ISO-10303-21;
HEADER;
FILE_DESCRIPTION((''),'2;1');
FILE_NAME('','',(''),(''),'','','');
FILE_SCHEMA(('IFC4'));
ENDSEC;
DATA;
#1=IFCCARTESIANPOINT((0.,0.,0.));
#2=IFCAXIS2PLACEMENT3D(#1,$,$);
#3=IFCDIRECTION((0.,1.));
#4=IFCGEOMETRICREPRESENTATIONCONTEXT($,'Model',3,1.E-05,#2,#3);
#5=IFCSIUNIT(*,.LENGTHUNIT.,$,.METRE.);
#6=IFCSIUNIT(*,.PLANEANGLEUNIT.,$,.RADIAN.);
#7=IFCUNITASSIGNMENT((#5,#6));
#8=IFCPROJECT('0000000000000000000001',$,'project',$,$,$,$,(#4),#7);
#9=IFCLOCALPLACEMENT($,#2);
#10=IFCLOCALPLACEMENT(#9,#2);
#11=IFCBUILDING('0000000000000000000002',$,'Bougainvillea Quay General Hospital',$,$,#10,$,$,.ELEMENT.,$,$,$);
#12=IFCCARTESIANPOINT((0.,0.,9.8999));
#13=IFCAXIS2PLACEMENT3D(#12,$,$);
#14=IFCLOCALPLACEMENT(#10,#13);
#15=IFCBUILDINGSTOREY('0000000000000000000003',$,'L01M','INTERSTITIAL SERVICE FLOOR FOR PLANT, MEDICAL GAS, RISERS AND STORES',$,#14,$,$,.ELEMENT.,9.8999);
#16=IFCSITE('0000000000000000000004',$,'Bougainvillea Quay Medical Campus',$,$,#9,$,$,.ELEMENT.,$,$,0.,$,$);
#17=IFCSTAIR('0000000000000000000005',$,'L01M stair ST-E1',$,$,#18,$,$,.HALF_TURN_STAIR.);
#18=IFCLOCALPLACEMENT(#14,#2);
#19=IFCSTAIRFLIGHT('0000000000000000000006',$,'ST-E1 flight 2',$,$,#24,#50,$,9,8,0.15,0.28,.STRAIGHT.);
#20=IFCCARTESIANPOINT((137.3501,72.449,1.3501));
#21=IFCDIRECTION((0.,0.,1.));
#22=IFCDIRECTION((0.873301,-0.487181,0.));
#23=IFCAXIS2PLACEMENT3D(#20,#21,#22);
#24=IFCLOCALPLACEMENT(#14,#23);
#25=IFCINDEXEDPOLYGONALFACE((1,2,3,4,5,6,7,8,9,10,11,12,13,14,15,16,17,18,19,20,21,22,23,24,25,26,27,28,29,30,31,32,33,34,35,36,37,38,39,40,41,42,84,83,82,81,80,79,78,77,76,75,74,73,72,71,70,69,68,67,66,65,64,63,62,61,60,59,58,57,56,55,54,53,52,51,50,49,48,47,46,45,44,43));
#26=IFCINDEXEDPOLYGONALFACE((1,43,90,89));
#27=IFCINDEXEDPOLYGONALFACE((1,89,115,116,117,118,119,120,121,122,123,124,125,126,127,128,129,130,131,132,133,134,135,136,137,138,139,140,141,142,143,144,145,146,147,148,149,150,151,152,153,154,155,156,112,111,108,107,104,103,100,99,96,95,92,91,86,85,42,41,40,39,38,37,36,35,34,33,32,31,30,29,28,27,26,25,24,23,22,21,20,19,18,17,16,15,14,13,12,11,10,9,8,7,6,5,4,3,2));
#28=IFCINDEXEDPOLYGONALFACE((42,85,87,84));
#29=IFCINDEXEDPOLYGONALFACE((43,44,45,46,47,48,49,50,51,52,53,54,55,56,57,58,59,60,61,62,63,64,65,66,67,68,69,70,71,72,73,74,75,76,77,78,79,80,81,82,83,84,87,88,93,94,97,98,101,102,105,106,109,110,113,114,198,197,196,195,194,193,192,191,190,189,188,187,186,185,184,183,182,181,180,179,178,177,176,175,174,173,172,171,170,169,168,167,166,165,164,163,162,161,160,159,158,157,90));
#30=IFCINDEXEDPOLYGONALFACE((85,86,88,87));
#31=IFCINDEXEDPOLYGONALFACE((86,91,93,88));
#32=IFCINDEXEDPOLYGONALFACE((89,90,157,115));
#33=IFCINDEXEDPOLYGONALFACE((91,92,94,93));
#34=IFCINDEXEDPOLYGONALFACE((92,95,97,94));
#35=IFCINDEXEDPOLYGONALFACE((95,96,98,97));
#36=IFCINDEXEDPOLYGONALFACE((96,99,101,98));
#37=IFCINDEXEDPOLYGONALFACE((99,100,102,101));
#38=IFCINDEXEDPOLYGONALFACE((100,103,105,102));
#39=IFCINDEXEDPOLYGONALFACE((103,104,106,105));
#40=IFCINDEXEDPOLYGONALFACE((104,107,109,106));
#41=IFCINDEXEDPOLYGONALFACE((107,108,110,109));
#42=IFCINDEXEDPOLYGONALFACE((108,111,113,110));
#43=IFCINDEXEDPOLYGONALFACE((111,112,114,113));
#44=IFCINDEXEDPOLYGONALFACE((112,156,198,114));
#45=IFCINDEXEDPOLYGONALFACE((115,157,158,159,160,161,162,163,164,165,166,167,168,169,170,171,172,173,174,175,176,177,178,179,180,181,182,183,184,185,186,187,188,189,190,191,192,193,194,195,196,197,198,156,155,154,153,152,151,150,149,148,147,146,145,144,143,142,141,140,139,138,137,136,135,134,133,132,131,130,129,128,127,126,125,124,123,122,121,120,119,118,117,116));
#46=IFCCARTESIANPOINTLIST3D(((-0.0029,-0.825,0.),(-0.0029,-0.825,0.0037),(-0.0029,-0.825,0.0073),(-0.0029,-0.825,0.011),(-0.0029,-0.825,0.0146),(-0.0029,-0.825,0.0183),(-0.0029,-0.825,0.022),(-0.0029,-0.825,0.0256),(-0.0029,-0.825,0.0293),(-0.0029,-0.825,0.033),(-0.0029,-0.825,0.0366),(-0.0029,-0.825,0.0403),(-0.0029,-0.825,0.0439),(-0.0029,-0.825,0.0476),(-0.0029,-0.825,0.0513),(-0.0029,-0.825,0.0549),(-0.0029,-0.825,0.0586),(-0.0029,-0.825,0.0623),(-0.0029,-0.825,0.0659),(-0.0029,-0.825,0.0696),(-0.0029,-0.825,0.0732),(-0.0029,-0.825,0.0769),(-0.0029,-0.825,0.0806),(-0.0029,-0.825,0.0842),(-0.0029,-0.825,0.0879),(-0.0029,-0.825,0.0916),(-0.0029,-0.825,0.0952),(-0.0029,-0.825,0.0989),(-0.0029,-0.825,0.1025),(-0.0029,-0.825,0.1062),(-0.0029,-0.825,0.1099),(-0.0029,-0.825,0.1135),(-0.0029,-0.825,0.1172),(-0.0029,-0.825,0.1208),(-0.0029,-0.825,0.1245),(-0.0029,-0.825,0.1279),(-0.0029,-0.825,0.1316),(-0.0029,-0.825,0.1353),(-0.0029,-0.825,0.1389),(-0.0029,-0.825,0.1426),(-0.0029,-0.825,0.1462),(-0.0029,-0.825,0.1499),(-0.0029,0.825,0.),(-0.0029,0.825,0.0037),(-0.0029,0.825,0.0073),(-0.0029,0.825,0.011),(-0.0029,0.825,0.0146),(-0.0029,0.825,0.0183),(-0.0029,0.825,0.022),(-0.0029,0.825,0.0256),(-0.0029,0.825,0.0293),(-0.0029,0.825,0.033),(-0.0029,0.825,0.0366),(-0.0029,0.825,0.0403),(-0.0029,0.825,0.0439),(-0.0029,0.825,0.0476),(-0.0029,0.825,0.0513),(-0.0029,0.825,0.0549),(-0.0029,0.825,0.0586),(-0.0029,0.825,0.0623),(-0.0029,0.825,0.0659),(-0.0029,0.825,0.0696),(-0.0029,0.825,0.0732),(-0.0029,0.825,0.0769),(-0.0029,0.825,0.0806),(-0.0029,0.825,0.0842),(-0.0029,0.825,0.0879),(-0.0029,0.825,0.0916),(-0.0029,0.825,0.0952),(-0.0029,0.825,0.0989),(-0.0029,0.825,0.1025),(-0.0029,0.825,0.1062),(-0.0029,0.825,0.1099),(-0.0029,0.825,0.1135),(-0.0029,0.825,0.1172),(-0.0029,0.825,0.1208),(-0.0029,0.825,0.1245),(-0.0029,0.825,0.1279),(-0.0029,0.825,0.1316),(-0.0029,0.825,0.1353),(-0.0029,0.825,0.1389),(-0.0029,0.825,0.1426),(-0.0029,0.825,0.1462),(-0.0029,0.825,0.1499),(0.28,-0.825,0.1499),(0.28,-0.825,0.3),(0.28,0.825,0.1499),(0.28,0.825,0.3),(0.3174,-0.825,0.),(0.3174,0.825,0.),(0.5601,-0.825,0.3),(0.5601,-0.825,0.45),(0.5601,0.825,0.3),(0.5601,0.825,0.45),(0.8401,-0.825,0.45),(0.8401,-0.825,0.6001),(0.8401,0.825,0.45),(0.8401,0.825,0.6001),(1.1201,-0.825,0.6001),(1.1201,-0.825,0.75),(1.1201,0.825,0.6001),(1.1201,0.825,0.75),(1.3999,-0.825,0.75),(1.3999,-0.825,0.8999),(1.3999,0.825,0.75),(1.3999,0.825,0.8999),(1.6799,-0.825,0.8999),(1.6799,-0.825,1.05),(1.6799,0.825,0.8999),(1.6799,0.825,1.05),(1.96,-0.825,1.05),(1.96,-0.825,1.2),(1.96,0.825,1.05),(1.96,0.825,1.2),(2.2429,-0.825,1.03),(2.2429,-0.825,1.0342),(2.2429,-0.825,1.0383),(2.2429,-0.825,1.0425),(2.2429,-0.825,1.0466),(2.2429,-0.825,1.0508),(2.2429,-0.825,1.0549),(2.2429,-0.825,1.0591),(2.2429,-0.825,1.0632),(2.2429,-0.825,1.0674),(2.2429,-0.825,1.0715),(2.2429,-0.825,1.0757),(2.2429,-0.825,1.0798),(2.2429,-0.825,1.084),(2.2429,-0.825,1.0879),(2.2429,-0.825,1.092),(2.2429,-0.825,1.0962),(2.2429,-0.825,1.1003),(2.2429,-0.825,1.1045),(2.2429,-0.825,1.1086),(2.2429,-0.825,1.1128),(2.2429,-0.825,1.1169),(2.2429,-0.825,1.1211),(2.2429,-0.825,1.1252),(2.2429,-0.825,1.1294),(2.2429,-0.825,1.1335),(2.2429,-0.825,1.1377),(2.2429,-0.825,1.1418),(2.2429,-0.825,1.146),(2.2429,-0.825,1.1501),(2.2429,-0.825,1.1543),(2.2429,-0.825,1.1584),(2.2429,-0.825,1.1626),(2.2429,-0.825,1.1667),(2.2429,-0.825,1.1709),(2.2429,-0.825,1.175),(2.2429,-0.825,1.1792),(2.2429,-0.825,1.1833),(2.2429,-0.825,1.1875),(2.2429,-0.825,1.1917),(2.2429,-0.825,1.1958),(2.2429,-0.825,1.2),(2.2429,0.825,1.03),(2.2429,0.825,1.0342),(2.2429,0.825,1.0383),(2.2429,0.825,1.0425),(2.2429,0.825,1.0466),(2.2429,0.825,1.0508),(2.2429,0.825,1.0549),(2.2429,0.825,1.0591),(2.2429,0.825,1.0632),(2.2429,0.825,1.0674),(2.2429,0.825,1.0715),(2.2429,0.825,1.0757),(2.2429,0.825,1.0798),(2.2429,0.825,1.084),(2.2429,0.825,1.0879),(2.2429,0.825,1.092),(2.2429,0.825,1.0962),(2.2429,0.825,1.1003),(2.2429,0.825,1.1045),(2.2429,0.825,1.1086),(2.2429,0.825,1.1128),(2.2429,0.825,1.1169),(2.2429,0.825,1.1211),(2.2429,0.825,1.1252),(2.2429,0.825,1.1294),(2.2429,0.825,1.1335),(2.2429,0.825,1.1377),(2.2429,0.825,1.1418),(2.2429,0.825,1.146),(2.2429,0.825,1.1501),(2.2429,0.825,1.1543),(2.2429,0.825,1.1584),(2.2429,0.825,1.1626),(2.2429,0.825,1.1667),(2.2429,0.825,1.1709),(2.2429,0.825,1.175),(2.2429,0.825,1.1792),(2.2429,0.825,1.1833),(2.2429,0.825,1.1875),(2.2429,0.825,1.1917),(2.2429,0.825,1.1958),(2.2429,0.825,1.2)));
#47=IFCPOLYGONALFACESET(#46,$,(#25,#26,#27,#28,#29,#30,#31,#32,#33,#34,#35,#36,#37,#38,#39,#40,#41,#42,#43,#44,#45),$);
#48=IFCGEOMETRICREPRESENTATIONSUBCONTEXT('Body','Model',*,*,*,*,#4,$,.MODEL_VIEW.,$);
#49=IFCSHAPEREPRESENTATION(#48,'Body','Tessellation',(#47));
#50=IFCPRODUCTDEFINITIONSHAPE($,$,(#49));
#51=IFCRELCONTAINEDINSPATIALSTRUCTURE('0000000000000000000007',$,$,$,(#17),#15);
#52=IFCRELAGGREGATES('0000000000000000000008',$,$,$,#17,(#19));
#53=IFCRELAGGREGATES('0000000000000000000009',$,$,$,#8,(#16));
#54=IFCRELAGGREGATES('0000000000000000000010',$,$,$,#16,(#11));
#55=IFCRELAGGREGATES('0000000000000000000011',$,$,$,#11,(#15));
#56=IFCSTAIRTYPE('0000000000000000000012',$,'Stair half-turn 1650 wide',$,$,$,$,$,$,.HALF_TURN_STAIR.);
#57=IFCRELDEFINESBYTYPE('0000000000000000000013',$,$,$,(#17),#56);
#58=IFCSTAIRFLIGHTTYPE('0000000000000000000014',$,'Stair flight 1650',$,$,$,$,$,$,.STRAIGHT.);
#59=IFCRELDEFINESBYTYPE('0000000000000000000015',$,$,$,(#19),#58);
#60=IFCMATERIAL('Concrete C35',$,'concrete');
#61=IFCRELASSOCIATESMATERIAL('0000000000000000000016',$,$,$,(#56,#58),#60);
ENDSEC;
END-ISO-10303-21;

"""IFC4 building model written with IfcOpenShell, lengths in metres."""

from ifc_helpers import new_model, si_unit, direction, frame, origin, place, context, subcontext, project, spatial, polyline, outline, extrude, material, type_object, element, aggregate, save


model = new_model("IFC4")

# Units and contexts
model_context = context("Model", 3, precision=1e-05, world=origin(), true_north=direction((0.0, 1.0)))
body_context = subcontext(model_context, "Body", "Model", "MODEL_VIEW")
ifc_project = project(units=[si_unit("LENGTHUNIT", "METRE"), si_unit("PLANEANGLEUNIT", "RADIAN")], contexts=[model_context])

# Site, building, storey
site_placement = place(None, origin())
site = spatial("IfcSite", under=ifc_project, at=site_placement, Name="Bougainvillea Quay Medical Campus", CompositionType="ELEMENT", RefElevation=0.0)
building_placement = place(site_placement, origin())
building = spatial("IfcBuilding", under=site, at=building_placement, Name="Bougainvillea Quay General Hospital", CompositionType="ELEMENT")
storey_placement = place(building_placement, frame((0.0, 0.0, 9.8999)))
storey = spatial("IfcBuildingStorey", under=building, at=storey_placement, Name="L01M", Description="INTERSTITIAL SERVICE FLOOR FOR PLANT, MEDICAL GAS, RISERS AND STORES", CompositionType="ELEMENT", Elevation=9.8999)

# Stair, stair flight
ifc_material_1 = material(Name="Concrete C35", Category="concrete")
stair_type = type_object("IfcStairType", Name="Stair half-turn 1650 wide", PredefinedType="HALF_TURN_STAIR", material=ifc_material_1)
stair_placement = place(storey_placement, origin())
stair = element("IfcStair", 1, at=stair_placement, inside=storey, type_object=stair_type, Name="L01M stair ST-E1", PredefinedType="HALF_TURN_STAIR")
stair_flight_type = type_object("IfcStairFlightType", Name="Stair flight 1650", PredefinedType="STRAIGHT", material=ifc_material_1)
stair_flight_placement = place(storey_placement, frame((137.3501, 72.449, 1.3501), z_axis=(0.0, 0.0, 1.0), x_axis=(0.873301, -0.487181, 0.0)))
stair_flight = element("IfcStairFlight", 2, at=stair_flight_placement, type_object=stair_flight_type, Name="ST-E1 flight 2", NumberOfRisers=9, NumberOfTreads=8, PredefinedType="STRAIGHT", RiserHeight=0.15, TreadLength=0.28, context=body_context, shape_type="SweptSolid", body=[
    extrude(outline(polyline([(-0.0029, 0.0), (-0.0029, 0.0037), (-0.0029, 0.0073), (-0.0029, 0.011), (-0.0029, 0.0146), (-0.0029, 0.0183), (-0.0029, 0.022), (-0.0029, 0.0256), (-0.0029, 0.0293), (-0.0029, 0.033), (-0.0029, 0.0366), (-0.0029, 0.0403), (-0.0029, 0.0439), (-0.0029, 0.0476), (-0.0029, 0.0513), (-0.0029, 0.0549), (-0.0029, 0.0586), (-0.0029, 0.0623), (-0.0029, 0.0659), (-0.0029, 0.0696), (-0.0029, 0.0732), (-0.0029, 0.0769), (-0.0029, 0.0806), (-0.0029, 0.0842), (-0.0029, 0.0879), (-0.0029, 0.0916), (-0.0029, 0.0952), (-0.0029, 0.0989), (-0.0029, 0.1025), (-0.0029, 0.1062), (-0.0029, 0.1099), (-0.0029, 0.1135), (-0.0029, 0.1172), (-0.0029, 0.1208), (-0.0029, 0.1245), (-0.0029, 0.1279), (-0.0029, 0.1316), (-0.0029, 0.1353), (-0.0029, 0.1389), (-0.0029, 0.1426), (-0.0029, 0.1462), (-0.0029, 0.1499), (0.28, 0.1499), (0.28, 0.3), (0.5601, 0.3), (0.5601, 0.45), (0.8401, 0.45), (0.8401, 0.6001), (1.1201, 0.6001), (1.1201, 0.75), (1.3999, 0.75), (1.3999, 0.8999), (1.6799, 0.8999), (1.6799, 1.05), (1.96, 1.05), (1.96, 1.2), (2.2429, 1.2), (2.2429, 1.1958), (2.2429, 1.1917), (2.2429, 1.1875), (2.2429, 1.1833), (2.2429, 1.1792), (2.2429, 1.175), (2.2429, 1.1709), (2.2429, 1.1667), (2.2429, 1.1626), (2.2429, 1.1584), (2.2429, 1.1543), (2.2429, 1.1501), (2.2429, 1.146), (2.2429, 1.1418), (2.2429, 1.1377), (2.2429, 1.1335), (2.2429, 1.1294), (2.2429, 1.1252), (2.2429, 1.1211), (2.2429, 1.1169), (2.2429, 1.1128), (2.2429, 1.1086), (2.2429, 1.1045), (2.2429, 1.1003), (2.2429, 1.0962), (2.2429, 1.092), (2.2429, 1.0879), (2.2429, 1.084), (2.2429, 1.0798), (2.2429, 1.0757), (2.2429, 1.0715), (2.2429, 1.0674), (2.2429, 1.0632), (2.2429, 1.0591), (2.2429, 1.0549), (2.2429, 1.0508), (2.2429, 1.0466), (2.2429, 1.0425), (2.2429, 1.0383), (2.2429, 1.0342), (2.2429, 1.03), (0.3174, 0.0), (-0.0029, 0.0)])), frame((0.0, 0.825, 0.0), z_axis=(0.0, -1.0, 0.0), x_axis=(1.0, 0.0, 0.0)), (0.0, 0.0, 1.0), 1.6499),
])
aggregate(stair, [stair_flight])

save(model, "model.ifc")
